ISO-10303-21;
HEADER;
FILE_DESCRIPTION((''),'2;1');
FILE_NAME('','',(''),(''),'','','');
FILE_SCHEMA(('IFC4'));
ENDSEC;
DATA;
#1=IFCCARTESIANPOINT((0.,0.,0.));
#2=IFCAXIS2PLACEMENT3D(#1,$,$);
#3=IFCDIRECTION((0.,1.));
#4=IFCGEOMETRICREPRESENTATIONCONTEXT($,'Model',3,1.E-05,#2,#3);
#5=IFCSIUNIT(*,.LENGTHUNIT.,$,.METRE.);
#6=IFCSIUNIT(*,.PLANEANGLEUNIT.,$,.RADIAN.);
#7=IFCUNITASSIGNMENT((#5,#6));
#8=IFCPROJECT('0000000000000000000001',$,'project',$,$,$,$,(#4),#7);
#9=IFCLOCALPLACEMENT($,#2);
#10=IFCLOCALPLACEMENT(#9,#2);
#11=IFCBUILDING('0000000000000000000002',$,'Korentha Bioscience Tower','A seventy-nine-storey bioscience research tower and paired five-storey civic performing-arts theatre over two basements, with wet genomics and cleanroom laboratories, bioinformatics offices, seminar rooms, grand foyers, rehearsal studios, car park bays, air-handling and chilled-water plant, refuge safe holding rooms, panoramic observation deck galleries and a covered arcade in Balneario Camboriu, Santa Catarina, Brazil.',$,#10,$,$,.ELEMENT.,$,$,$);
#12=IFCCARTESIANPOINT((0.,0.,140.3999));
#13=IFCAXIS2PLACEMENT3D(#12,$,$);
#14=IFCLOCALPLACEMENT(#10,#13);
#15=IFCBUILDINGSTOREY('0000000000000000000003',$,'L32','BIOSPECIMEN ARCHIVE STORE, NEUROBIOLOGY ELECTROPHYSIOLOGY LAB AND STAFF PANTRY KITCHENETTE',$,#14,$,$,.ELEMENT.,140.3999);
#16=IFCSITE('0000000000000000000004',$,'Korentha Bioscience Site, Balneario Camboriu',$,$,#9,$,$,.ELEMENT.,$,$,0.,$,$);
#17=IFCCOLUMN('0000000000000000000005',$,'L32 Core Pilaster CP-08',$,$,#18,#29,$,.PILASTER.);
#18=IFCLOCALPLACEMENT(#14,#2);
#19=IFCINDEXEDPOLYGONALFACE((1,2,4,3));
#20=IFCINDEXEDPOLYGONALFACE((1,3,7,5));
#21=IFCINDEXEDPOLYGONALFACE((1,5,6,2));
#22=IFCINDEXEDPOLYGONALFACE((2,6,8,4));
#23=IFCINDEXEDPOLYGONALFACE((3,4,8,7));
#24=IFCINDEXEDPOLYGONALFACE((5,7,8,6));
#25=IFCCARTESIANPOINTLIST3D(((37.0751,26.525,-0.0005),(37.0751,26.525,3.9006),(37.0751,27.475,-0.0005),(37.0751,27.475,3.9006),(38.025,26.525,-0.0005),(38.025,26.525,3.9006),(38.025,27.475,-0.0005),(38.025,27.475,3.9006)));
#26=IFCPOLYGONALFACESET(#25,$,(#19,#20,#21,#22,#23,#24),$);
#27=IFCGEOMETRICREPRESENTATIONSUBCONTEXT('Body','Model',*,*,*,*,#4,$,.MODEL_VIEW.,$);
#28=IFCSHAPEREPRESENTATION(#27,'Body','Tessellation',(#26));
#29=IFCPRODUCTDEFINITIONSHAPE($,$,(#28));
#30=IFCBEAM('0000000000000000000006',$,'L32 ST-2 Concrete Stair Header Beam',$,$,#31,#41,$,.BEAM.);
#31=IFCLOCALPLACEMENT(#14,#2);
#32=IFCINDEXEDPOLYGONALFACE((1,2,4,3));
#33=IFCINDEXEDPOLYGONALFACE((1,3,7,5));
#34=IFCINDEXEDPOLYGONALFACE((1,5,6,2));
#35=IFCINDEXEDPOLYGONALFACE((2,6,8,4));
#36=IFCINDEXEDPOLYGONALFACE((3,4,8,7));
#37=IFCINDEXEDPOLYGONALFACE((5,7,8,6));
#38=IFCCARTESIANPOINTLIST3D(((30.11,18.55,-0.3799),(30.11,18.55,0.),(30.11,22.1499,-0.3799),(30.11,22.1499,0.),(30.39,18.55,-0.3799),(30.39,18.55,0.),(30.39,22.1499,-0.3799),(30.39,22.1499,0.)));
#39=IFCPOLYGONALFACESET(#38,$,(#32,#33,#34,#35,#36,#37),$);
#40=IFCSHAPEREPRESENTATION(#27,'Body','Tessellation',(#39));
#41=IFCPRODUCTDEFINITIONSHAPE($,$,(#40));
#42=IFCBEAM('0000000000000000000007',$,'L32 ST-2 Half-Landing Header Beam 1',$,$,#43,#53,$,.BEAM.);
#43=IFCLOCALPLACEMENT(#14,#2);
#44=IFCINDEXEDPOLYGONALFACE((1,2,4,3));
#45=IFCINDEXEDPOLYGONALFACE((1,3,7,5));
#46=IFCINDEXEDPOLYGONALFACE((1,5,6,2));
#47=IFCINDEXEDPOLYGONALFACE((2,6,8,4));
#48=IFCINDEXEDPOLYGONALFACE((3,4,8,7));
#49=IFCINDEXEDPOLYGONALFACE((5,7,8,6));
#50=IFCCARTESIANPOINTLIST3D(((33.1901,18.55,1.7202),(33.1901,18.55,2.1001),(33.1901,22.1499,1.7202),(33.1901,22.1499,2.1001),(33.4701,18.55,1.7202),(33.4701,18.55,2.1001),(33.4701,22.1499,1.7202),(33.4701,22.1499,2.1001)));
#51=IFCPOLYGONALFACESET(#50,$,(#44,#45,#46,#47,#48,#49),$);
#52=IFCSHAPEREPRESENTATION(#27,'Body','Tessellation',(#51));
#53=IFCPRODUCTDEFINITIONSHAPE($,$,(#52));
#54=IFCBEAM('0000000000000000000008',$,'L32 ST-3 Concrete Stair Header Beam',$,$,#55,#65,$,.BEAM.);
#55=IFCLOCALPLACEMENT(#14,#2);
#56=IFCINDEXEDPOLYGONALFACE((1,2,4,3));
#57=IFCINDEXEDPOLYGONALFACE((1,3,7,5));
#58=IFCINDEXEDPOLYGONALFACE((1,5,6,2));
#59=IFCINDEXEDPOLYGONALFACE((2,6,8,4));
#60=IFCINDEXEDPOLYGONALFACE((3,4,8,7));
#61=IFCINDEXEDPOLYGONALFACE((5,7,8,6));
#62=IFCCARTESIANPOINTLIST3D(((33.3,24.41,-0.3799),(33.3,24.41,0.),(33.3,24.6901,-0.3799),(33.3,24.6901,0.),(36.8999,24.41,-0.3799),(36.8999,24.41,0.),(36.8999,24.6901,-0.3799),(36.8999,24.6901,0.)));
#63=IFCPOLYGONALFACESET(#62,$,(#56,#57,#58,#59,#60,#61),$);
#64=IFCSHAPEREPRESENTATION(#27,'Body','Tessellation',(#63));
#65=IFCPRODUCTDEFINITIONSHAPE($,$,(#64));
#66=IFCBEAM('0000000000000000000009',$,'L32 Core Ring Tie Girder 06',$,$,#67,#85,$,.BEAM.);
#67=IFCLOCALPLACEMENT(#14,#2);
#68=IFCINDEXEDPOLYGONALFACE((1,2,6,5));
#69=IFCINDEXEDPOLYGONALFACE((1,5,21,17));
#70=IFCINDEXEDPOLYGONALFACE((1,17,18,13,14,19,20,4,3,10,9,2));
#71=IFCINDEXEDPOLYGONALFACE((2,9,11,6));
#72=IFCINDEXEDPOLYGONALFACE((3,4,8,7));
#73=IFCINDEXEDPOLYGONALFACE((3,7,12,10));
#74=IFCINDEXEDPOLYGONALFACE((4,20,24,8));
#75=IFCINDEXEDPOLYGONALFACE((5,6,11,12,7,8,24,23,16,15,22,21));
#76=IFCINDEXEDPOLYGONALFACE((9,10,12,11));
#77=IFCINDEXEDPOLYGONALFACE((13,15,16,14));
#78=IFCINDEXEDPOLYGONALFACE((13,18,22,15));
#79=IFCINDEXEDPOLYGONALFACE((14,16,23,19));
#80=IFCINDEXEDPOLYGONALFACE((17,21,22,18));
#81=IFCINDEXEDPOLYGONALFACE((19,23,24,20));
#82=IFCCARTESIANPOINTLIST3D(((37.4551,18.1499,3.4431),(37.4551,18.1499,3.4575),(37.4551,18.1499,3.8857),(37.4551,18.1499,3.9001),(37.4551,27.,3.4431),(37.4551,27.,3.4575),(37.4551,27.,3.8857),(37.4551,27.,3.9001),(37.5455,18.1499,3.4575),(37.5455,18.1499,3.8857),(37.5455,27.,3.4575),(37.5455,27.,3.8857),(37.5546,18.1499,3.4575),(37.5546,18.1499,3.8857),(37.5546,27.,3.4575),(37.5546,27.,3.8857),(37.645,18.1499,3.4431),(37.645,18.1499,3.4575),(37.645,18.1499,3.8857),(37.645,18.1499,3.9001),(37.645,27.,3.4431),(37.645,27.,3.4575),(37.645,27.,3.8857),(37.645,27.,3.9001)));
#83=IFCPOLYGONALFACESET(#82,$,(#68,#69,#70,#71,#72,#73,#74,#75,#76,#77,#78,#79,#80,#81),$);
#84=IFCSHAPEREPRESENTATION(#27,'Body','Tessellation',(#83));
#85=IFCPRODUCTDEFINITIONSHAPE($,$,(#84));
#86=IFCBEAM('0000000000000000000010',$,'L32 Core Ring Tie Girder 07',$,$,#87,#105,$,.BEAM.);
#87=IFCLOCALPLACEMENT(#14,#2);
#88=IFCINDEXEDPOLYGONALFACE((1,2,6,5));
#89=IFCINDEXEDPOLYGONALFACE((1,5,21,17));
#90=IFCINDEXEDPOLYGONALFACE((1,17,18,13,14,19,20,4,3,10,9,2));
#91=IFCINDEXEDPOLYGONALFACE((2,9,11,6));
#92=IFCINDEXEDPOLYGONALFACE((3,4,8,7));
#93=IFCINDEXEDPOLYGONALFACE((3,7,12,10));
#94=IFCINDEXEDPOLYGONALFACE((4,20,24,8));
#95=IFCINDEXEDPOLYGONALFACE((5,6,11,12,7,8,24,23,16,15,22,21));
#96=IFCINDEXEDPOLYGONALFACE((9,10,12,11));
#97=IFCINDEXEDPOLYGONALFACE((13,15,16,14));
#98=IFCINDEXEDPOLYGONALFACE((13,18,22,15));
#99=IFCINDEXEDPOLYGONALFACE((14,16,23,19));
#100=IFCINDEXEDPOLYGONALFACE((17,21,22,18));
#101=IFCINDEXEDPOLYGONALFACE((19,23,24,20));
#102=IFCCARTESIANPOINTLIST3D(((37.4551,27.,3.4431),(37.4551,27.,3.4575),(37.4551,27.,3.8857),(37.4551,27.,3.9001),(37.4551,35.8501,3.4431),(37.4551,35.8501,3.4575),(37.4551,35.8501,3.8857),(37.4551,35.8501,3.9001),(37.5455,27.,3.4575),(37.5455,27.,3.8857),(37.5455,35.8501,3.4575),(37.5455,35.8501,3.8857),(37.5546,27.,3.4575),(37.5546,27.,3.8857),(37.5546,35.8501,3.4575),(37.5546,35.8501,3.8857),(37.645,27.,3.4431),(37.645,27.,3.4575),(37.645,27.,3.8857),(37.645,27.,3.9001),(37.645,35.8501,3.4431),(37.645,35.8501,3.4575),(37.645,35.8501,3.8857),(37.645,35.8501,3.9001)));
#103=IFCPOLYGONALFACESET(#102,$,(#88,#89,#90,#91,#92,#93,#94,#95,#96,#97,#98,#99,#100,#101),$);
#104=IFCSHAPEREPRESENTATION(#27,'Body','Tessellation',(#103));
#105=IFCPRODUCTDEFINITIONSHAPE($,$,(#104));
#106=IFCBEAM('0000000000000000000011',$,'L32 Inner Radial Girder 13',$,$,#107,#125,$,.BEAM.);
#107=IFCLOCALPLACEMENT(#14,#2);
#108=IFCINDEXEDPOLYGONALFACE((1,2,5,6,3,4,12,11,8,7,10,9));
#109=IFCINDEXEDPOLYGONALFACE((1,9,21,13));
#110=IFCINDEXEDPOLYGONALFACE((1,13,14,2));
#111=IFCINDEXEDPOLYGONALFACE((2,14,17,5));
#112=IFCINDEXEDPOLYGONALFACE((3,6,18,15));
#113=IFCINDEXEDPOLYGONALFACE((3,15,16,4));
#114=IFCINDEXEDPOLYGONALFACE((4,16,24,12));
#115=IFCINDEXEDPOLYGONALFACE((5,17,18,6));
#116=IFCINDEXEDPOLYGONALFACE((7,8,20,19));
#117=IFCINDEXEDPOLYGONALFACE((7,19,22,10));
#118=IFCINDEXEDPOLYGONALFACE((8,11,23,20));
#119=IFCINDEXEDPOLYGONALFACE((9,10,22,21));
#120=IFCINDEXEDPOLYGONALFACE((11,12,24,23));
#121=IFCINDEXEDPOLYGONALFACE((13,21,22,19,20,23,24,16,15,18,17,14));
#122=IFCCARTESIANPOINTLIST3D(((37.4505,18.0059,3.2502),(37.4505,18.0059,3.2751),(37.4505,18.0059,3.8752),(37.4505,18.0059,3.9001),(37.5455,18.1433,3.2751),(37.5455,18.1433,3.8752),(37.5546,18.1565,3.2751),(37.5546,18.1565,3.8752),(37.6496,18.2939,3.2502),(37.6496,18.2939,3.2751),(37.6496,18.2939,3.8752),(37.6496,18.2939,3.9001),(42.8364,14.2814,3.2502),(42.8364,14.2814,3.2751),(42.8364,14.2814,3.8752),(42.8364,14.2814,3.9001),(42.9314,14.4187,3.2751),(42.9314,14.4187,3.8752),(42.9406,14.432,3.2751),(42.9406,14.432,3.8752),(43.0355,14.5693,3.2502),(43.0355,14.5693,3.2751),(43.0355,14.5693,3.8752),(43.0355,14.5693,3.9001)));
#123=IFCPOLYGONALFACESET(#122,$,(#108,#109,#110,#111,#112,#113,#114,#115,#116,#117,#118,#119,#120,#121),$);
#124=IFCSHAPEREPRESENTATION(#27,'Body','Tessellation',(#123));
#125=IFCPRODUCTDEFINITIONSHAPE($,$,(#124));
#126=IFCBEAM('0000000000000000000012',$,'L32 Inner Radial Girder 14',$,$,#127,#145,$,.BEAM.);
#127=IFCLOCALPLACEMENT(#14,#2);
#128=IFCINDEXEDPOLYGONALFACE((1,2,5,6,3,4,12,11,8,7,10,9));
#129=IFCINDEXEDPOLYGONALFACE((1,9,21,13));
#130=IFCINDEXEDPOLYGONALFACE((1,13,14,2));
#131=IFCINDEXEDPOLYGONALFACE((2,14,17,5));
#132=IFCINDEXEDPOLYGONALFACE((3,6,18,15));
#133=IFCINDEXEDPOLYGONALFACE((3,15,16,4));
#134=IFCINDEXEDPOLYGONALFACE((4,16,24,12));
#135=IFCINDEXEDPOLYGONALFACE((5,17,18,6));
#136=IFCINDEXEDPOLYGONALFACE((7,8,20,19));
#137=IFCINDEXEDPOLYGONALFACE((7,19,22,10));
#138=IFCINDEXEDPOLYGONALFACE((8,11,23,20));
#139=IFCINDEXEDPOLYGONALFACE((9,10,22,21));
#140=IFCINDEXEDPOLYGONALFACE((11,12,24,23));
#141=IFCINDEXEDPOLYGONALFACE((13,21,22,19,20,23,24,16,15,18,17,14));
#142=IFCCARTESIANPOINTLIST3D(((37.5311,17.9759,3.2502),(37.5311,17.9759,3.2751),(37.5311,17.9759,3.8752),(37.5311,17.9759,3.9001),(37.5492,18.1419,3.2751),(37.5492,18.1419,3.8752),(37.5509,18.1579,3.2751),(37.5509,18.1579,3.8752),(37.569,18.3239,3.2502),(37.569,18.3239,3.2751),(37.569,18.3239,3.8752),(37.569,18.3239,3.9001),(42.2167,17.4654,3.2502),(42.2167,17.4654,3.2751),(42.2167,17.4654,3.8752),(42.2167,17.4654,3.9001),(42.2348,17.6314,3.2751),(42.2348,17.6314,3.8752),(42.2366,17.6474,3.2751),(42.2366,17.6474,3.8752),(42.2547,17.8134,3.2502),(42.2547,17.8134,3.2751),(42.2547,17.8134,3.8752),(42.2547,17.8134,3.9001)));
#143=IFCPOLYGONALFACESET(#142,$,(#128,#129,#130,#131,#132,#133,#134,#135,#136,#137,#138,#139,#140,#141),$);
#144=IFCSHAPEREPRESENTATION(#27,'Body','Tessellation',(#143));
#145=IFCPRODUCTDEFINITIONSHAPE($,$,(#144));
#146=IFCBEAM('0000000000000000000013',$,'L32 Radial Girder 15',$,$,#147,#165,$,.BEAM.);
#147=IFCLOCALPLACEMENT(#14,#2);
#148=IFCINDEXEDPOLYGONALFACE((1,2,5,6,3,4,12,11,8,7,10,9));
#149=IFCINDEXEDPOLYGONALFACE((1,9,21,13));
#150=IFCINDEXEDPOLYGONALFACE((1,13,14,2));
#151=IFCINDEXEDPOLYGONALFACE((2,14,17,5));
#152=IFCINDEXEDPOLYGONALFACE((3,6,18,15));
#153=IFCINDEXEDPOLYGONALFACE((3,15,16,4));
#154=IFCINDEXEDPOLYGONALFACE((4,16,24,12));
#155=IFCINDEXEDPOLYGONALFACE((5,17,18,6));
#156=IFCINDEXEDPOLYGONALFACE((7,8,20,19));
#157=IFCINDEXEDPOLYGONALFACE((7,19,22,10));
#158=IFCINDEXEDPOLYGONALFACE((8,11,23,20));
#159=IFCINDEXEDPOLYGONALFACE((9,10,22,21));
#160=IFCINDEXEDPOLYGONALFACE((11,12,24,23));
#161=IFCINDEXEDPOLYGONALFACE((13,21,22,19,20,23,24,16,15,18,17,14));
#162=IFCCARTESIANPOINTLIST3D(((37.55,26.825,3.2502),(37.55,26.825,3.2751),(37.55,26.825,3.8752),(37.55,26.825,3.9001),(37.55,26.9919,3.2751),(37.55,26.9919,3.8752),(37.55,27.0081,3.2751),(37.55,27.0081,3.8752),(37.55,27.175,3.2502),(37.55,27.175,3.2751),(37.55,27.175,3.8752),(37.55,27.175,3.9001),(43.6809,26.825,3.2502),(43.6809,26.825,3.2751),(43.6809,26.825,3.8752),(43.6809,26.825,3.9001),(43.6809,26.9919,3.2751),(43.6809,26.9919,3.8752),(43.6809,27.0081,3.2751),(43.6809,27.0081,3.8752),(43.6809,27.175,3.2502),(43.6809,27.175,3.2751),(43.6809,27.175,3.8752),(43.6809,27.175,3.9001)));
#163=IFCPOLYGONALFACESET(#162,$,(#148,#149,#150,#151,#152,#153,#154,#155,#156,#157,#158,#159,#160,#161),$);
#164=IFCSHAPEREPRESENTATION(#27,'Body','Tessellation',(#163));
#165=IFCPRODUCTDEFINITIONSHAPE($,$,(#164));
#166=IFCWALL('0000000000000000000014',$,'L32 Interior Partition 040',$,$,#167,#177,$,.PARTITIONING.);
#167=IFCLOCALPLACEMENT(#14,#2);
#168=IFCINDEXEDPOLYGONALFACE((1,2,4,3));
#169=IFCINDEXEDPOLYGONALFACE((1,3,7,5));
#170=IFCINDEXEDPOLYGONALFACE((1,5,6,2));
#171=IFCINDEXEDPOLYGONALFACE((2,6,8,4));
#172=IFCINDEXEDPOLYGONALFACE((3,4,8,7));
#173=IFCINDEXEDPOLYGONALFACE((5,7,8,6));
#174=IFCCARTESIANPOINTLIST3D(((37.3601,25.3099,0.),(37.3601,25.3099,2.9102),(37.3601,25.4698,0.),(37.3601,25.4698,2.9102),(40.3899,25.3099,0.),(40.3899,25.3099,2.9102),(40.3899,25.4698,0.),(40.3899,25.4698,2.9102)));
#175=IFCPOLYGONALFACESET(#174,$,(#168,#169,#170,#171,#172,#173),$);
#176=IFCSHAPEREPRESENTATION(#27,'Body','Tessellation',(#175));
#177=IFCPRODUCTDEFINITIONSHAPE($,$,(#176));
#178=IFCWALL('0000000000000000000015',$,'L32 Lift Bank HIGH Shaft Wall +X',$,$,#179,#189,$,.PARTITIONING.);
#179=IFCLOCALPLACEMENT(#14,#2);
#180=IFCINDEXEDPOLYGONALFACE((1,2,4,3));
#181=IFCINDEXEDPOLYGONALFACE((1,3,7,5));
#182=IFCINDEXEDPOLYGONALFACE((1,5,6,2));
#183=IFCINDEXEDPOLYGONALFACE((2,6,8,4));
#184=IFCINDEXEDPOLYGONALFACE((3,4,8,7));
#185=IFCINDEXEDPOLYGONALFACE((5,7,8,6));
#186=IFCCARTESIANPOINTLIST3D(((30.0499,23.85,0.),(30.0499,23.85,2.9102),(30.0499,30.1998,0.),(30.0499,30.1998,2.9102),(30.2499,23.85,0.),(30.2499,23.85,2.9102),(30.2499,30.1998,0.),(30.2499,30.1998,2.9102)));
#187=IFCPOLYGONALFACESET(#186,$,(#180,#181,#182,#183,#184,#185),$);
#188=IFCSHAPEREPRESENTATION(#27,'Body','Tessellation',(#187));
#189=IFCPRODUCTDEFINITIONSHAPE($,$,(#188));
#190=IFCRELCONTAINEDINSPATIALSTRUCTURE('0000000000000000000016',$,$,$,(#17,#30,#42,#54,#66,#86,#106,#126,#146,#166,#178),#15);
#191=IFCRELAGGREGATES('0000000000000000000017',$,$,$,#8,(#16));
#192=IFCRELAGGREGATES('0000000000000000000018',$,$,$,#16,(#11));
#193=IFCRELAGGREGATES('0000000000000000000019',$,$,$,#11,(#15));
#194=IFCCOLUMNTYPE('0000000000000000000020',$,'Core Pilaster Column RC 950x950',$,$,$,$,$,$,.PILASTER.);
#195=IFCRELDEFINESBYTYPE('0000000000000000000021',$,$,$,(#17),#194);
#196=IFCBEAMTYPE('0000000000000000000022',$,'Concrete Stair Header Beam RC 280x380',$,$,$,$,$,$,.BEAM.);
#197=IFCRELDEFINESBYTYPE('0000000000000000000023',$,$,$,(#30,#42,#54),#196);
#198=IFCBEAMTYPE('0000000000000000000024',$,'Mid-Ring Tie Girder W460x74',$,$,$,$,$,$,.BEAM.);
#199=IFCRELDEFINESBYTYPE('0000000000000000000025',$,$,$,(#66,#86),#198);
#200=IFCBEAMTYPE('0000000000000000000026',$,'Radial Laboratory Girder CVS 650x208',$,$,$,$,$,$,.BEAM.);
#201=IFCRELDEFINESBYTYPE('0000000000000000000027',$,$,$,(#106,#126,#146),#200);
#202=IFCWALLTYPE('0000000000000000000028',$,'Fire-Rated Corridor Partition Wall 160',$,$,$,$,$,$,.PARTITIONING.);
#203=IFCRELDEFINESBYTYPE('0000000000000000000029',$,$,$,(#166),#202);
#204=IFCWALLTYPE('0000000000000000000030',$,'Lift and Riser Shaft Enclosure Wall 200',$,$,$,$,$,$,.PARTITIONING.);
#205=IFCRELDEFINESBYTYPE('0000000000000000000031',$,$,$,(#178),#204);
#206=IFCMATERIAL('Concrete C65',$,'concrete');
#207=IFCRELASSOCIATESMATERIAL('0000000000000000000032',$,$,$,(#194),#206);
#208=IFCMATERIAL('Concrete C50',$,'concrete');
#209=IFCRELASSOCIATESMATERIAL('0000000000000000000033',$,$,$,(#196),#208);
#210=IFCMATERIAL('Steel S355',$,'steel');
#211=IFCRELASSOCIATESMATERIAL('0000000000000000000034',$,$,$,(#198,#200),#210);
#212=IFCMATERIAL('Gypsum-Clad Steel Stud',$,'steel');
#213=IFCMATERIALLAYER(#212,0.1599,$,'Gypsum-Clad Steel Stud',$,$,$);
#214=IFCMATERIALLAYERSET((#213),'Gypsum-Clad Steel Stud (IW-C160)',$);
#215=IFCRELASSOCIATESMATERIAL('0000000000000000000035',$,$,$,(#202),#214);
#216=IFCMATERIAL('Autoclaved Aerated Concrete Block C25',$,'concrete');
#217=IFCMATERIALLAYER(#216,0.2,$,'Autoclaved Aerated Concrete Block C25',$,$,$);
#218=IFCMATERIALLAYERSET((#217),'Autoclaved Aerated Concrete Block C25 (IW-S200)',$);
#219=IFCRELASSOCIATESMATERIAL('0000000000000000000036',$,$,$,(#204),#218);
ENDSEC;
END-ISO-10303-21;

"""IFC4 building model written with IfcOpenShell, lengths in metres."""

from ifc_helpers import new_model, si_unit, direction, frame, frame_2d, origin, origin_2d, place, context, subcontext, project, spatial, rectangle, i_section, extrude, material, layer, layer_set, material_profile, profile_set, type_object, element, save


model = new_model("IFC4")

# Units and contexts
model_context = context("Model", 3, precision=1e-05, world=origin(), true_north=direction((0.0, 1.0)))
body_context = subcontext(model_context, "Body", "Model", "MODEL_VIEW")
ifc_project = project(units=[si_unit("LENGTHUNIT", "METRE"), si_unit("PLANEANGLEUNIT", "RADIAN")], contexts=[model_context])

# Site, building, storey
site_placement = place(None, origin())
site = spatial("IfcSite", under=ifc_project, at=site_placement, Name="Korentha Bioscience Site, Balneario Camboriu", CompositionType="ELEMENT", RefElevation=0.0)
building_placement = place(site_placement, origin())
building = spatial("IfcBuilding", under=site, at=building_placement, Name="Korentha Bioscience Tower", Description="A seventy-nine-storey bioscience research tower and paired five-storey civic performing-arts theatre over two basements, with wet genomics and cleanroom laboratories, bioinformatics offices, seminar rooms, grand foyers, rehearsal studios, car park bays, air-handling and chilled-water plant, refuge safe holding rooms, panoramic observation deck galleries and a covered arcade in Balneario Camboriu, Santa Catarina, Brazil.", CompositionType="ELEMENT")
storey_placement = place(building_placement, frame((0.0, 0.0, 140.3999)))
storey = spatial("IfcBuildingStorey", under=building, at=storey_placement, Name="L32", Description="BIOSPECIMEN ARCHIVE STORE, NEUROBIOLOGY ELECTROPHYSIOLOGY LAB AND STAFF PANTRY KITCHENETTE", CompositionType="ELEMENT", Elevation=140.3999)

# Column
ifc_material_1 = material(Name="Concrete C65", Category="concrete")
ifc_material_profile_1 = material_profile(ifc_material_1, rectangle(XDim=0.95, YDim=0.95, at=origin_2d()), Name="Concrete C65")
ifc_profile_set_1 = profile_set([ifc_material_profile_1], Name="Concrete C65 (COL-CP09)")
column_type = type_object("IfcColumnType", Name="Core Pilaster Column RC 950x950", PredefinedType="PILASTER", material=ifc_profile_set_1)
column_placement = place(storey_placement, frame((37.55, 27.0, -0.0005), z_axis=(0.0, 0.0, 1.0), x_axis=(1.0, 0.0, 0.0)))
element("IfcColumn", 1, at=column_placement, inside=storey, type_object=column_type, Name="L32 Core Pilaster CP-08", PredefinedType="PILASTER", context=body_context, shape_type="SweptSolid", body=[
    extrude(rectangle(XDim=0.95, YDim=0.95, at=origin_2d()), origin(), (0.0, 0.0, 1.0), 3.9011),
])

# Beams
ifc_material_2 = material(Name="Concrete C50", Category="concrete")
ifc_material_profile_2 = material_profile(ifc_material_2, rectangle(XDim=0.28, YDim=0.3799, at=origin_2d()), Name="Concrete C50")
ifc_profile_set_2 = profile_set([ifc_material_profile_2], Name="Concrete C50 (ST-HB380)")
beam_type_1 = type_object("IfcBeamType", Name="Concrete Stair Header Beam RC 280x380", PredefinedType="BEAM", material=ifc_profile_set_2)
for number, where, z_axis, x_axis, name in (
    (2, (30.25, 18.55, -0.1899), (0.0, 1.0, 0.0), (-1.0, 0.0, 0.0), "L32 ST-2 Concrete Stair Header Beam"),
    (3, (33.3301, 18.55, 1.9102), (0.0, 1.0, 0.0), (-1.0, 0.0, 0.0), "L32 ST-2 Half-Landing Header Beam 1"),
    (4, (36.8999, 24.55, -0.1899), (-1.0, 0.0, 0.0), (0.0, -1.0, 0.0), "L32 ST-3 Concrete Stair Header Beam"),
):
    element("IfcBeam", number, at=place(storey_placement, frame(where, z_axis=z_axis, x_axis=x_axis)), inside=storey, type_object=beam_type_1, Name=name, PredefinedType="BEAM", context=body_context, shape_type="SweptSolid", body=[
        extrude(rectangle(XDim=0.28, YDim=0.3799, at=origin_2d()), origin(), (0.0, 0.0, 1.0), 3.5999),
    ])
ifc_material_3 = material(Name="Steel S355", Category="steel")
ifc_material_profile_3 = material_profile(ifc_material_3, i_section(OverallWidth=0.1899, OverallDepth=0.457, WebThickness=0.009, FlangeThickness=0.0144, at=origin_2d()), Name="Steel S355")
ifc_profile_set_3 = profile_set([ifc_material_profile_3], Name="Steel S355 (MB-460)")
beam_type_2 = type_object("IfcBeamType", Name="Mid-Ring Tie Girder W460x74", PredefinedType="BEAM", material=ifc_profile_set_3)
for number, where, z_axis, x_axis, name in (
    (5, (37.55, 18.1499, 3.6716), (0.0, 1.0, 0.0), (-1.0, 0.0, 0.0), "L32 Core Ring Tie Girder 06"),
    (6, (37.55, 27.0, 3.6716), (0.0, 1.0, 0.0), (-1.0, 0.0, 0.0), "L32 Core Ring Tie Girder 07"),
):
    element("IfcBeam", number, at=place(storey_placement, frame(where, z_axis=z_axis, x_axis=x_axis)), inside=storey, type_object=beam_type_2, Name=name, PredefinedType="BEAM", context=body_context, shape_type="SweptSolid", body=[
        extrude(i_section(OverallWidth=0.1899, OverallDepth=0.457, WebThickness=0.009, FlangeThickness=0.0144, at=origin_2d()), origin(), (0.0, 0.0, 1.0), 8.8501),
    ])
ifc_material_profile_4 = material_profile(ifc_material_3, i_section(OverallWidth=0.3501, OverallDepth=0.6499, WebThickness=0.0161, FlangeThickness=0.0249, at=origin_2d()), Name="Steel S355")
ifc_profile_set_4 = profile_set([ifc_material_profile_4], Name="Steel S355 (RB-650)")
beam_type_3 = type_object("IfcBeamType", Name="Radial Laboratory Girder CVS 650x208", PredefinedType="BEAM", material=ifc_profile_set_4)
beam_1_placement = place(storey_placement, frame((37.55, 18.1499, 3.5752), z_axis=(0.822489, -0.568781, 0.0), x_axis=(0.568781, 0.822489, 0.0)))
element("IfcBeam", 7, at=beam_1_placement, inside=storey, type_object=beam_type_3, Name="L32 Inner Radial Girder 13", PredefinedType="BEAM", context=body_context, shape_type="SweptSolid", body=[
    extrude(i_section(OverallWidth=0.3501, OverallDepth=0.6499, WebThickness=0.0161, FlangeThickness=0.0249, at=origin_2d()), origin(), (0.0, 0.0, 1.0), 6.5483),
])
beam_2_placement = place(storey_placement, frame((37.55, 18.1499, 3.5752), z_axis=(0.994117, -0.108311, 0.0), x_axis=(0.108311, 0.994117, 0.0)))
element("IfcBeam", 8, at=beam_2_placement, inside=storey, type_object=beam_type_3, Name="L32 Inner Radial Girder 14", PredefinedType="BEAM", context=body_context, shape_type="SweptSolid", body=[
    extrude(i_section(OverallWidth=0.3501, OverallDepth=0.6499, WebThickness=0.0161, FlangeThickness=0.0249, at=origin_2d()), origin(), (0.0, 0.0, 1.0), 4.7134),
])
beam_3_placement = place(storey_placement, frame((37.55, 27.0, 3.5752), z_axis=(1.0, 0.0, 0.0), x_axis=(0.0, 1.0, 0.0)))
element("IfcBeam", 9, at=beam_3_placement, inside=storey, type_object=beam_type_3, Name="L32 Radial Girder 15", PredefinedType="BEAM", context=body_context, shape_type="SweptSolid", body=[
    extrude(i_section(OverallWidth=0.3501, OverallDepth=0.6499, WebThickness=0.0161, FlangeThickness=0.0249, at=origin_2d()), origin(), (0.0, 0.0, 1.0), 6.1309),
])

# Walls
ifc_material_4 = material(Name="Gypsum-Clad Steel Stud", Category="steel")
ifc_layer_1 = layer(ifc_material_4, 0.1599, Name="Gypsum-Clad Steel Stud")
ifc_layer_set_1 = layer_set([ifc_layer_1], Name="Gypsum-Clad Steel Stud (IW-C160)")
wall_type_1 = type_object("IfcWallType", Name="Fire-Rated Corridor Partition Wall 160", PredefinedType="PARTITIONING", material=ifc_layer_set_1)
wall_1_placement = place(storey_placement, frame((37.3601, 25.3899, 0.0), z_axis=(0.0, 0.0, 1.0), x_axis=(1.0, 0.0, 0.0)))
element("IfcWall", 10, at=wall_1_placement, inside=storey, type_object=wall_type_1, Name="L32 Interior Partition 040", PredefinedType="PARTITIONING", context=body_context, shape_type="SweptSolid", body=[
    extrude(rectangle(XDim=3.0298, YDim=0.1599, at=frame_2d((1.5149, 0.0))), origin(), (0.0, 0.0, 1.0), 2.9102),
])
ifc_material_5 = material(Name="Autoclaved Aerated Concrete Block C25", Category="concrete")
ifc_layer_2 = layer(ifc_material_5, 0.2, Name="Autoclaved Aerated Concrete Block C25")
ifc_layer_set_2 = layer_set([ifc_layer_2], Name="Autoclaved Aerated Concrete Block C25 (IW-S200)")
wall_type_2 = type_object("IfcWallType", Name="Lift and Riser Shaft Enclosure Wall 200", PredefinedType="PARTITIONING", material=ifc_layer_set_2)
wall_2_placement = place(storey_placement, frame((30.1499, 23.8501, 0.0), z_axis=(0.0, 0.0, 1.0), x_axis=(0.0, 1.0, 0.0)))
element("IfcWall", 11, at=wall_2_placement, inside=storey, type_object=wall_type_2, Name="L32 Lift Bank HIGH Shaft Wall +X", PredefinedType="PARTITIONING", context=body_context, shape_type="SweptSolid", body=[
    extrude(rectangle(XDim=6.3499, YDim=0.2, at=frame_2d((3.1748, 0.0))), origin(), (0.0, 0.0, 1.0), 2.9102),
])

save(model, "model.ifc")
